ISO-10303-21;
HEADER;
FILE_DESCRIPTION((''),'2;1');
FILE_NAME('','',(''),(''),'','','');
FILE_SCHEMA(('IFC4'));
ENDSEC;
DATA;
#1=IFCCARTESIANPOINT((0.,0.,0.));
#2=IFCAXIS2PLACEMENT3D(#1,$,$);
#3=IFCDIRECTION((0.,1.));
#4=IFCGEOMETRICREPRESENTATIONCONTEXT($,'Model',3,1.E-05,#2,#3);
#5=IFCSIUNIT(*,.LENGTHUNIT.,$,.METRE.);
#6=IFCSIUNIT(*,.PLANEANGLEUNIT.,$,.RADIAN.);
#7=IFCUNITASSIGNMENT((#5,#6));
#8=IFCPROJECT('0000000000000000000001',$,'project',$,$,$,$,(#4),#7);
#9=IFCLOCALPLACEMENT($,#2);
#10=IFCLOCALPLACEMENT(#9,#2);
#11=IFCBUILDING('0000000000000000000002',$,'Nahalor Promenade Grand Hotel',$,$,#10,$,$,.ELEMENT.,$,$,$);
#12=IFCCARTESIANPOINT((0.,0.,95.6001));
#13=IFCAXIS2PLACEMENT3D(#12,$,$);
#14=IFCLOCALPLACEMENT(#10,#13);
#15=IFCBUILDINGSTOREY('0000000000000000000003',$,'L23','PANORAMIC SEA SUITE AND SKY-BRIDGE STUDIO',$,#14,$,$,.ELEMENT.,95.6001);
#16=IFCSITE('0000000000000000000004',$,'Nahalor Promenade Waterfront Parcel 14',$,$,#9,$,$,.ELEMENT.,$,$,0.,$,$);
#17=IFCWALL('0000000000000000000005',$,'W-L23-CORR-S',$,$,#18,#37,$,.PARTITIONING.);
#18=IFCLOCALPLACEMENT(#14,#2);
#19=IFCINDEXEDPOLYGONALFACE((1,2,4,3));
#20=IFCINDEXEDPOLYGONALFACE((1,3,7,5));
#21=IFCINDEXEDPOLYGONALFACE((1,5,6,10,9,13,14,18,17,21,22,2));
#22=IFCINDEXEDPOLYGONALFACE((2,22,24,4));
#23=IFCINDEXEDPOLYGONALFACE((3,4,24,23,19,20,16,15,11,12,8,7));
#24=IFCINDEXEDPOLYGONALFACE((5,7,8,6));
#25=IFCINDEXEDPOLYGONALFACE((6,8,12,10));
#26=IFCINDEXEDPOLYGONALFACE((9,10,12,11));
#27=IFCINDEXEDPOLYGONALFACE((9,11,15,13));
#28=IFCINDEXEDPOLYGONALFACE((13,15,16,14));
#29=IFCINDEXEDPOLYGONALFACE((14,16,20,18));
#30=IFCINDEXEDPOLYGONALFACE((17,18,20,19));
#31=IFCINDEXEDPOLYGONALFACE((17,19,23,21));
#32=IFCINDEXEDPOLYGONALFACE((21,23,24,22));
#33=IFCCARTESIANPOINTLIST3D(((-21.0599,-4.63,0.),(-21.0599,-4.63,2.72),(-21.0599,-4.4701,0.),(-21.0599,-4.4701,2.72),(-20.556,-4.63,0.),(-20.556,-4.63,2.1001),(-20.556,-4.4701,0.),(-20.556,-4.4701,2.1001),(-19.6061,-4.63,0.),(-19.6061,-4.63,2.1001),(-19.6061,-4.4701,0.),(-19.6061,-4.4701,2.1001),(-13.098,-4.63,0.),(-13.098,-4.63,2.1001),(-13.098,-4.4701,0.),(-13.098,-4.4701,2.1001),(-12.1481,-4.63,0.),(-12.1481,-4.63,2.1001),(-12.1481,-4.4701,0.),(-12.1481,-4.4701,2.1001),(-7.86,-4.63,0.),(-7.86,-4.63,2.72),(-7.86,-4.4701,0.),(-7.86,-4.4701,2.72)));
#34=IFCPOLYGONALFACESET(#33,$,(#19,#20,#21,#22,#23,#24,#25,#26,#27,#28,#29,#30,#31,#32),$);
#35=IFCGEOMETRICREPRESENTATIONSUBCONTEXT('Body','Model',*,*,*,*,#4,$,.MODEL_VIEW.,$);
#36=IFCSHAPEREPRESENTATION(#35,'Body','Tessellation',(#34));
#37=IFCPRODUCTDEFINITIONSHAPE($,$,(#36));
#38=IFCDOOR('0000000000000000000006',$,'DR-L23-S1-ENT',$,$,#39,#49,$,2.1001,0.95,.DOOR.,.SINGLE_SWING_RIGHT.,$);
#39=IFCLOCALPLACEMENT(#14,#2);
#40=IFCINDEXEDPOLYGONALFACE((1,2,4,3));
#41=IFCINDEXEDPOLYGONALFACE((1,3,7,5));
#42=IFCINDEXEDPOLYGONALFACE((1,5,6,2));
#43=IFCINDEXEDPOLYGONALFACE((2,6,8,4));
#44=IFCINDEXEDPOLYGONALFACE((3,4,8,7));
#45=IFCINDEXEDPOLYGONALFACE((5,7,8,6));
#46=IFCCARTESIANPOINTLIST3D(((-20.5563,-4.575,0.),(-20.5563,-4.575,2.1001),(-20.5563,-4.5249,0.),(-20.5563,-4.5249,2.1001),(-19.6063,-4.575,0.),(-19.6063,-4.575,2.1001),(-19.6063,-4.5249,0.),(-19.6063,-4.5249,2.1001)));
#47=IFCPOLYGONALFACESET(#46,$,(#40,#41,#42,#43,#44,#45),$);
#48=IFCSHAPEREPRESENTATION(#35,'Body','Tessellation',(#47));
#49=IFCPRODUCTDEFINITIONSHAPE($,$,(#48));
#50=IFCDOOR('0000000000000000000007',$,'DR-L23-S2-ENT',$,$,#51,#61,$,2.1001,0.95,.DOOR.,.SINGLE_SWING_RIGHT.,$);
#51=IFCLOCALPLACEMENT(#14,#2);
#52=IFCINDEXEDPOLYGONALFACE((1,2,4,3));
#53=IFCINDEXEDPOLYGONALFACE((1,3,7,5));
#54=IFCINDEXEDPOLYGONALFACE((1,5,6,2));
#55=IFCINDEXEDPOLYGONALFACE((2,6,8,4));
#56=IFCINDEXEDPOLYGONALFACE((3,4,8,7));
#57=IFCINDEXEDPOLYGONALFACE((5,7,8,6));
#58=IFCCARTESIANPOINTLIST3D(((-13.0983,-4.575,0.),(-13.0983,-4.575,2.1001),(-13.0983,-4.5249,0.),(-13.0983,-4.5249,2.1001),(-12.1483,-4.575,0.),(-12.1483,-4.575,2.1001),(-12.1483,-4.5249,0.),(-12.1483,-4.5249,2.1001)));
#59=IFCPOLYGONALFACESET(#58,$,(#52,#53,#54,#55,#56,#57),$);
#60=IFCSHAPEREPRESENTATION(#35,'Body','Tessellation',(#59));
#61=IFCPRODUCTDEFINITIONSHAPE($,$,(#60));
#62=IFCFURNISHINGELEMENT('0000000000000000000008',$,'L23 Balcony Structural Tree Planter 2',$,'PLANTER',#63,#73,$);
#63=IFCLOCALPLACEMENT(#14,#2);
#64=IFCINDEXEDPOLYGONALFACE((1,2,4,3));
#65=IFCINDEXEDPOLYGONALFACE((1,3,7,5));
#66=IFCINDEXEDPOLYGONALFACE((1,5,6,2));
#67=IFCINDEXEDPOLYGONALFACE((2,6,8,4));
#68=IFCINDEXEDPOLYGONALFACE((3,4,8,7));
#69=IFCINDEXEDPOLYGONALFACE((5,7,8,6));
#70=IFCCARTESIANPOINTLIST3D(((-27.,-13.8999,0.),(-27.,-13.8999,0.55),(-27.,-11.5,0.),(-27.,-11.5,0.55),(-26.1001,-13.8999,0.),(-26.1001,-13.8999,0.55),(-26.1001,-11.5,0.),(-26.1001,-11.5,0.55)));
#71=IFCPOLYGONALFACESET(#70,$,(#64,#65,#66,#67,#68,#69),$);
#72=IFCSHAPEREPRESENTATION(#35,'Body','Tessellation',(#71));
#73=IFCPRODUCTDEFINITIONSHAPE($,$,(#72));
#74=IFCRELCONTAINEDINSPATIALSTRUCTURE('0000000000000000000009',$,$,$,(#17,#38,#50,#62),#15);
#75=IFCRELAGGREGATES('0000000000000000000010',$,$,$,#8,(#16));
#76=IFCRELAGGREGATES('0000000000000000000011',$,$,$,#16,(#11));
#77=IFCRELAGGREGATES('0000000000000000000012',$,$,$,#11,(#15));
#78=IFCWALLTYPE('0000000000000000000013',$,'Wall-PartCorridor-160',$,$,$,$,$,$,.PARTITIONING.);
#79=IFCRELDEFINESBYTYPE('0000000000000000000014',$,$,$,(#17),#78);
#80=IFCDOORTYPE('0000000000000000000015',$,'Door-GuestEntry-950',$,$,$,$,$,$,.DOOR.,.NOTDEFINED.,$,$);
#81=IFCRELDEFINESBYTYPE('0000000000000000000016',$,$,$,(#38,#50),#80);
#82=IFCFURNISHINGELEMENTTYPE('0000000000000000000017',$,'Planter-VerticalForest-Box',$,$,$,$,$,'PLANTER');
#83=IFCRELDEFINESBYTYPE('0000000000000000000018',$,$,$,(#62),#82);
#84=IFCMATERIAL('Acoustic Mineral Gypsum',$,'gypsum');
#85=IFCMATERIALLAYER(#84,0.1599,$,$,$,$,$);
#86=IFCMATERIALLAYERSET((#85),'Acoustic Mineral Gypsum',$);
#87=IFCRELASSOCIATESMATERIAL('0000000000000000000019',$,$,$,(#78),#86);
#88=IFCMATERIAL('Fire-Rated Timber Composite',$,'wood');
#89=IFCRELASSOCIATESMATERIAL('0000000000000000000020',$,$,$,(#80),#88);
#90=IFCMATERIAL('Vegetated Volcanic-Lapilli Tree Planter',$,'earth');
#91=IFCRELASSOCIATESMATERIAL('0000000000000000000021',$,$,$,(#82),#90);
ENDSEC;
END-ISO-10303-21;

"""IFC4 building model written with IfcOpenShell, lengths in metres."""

from ifc_helpers import new_model, si_unit, direction, frame, frame_2d, origin, origin_2d, place, context, subcontext, project, spatial, rectangle, extrude, source, transform, mapped, material, layer, layer_set, type_object, element, fill, save


model = new_model("IFC4")

# Units and contexts
model_context = context("Model", 3, precision=1e-05, world=origin(), true_north=direction((0.0, 1.0)))
body_context = subcontext(model_context, "Body", "Model", "MODEL_VIEW")
ifc_project = project(units=[si_unit("LENGTHUNIT", "METRE"), si_unit("PLANEANGLEUNIT", "RADIAN")], contexts=[model_context])

# Site, building, storey
site_placement = place(None, origin())
site = spatial("IfcSite", under=ifc_project, at=site_placement, Name="Nahalor Promenade Waterfront Parcel 14", CompositionType="ELEMENT", RefElevation=0.0)
building_placement = place(site_placement, origin())
building = spatial("IfcBuilding", under=site, at=building_placement, Name="Nahalor Promenade Grand Hotel", CompositionType="ELEMENT")
storey_placement = place(building_placement, frame((0.0, 0.0, 95.6001)))
storey = spatial("IfcBuildingStorey", under=building, at=storey_placement, Name="L23", Description="PANORAMIC SEA SUITE AND SKY-BRIDGE STUDIO", CompositionType="ELEMENT", Elevation=95.6001)

# Wall, openings, doors
ifc_material_1 = material(Name="Acoustic Mineral Gypsum", Category="gypsum")
ifc_layer_1 = layer(ifc_material_1, 0.1599)
ifc_layer_set_1 = layer_set([ifc_layer_1], Name="Acoustic Mineral Gypsum")
wall_type_1 = type_object("IfcWallType", Name="Wall-PartCorridor-160", PredefinedType="PARTITIONING", material=ifc_layer_set_1)
shared_shape_1 = source(origin(), body_context, "Body", "SweptSolid", [
    extrude(rectangle(XDim=13.2, YDim=0.1599, at=frame_2d((6.6001, 0.0))), origin(), (0.0, 0.0, 1.0), 2.72),
])
wall_1_placement = place(storey_placement, frame((-21.0601, -4.55, 0.0), z_axis=(0.0, 0.0, 1.0), x_axis=(1.0, 0.0, 0.0)))
wall_1 = element("IfcWall", 1, at=wall_1_placement, inside=storey, type_object=wall_type_1, Name="W-L23-CORR-S", PredefinedType="PARTITIONING", context=body_context, shape_type="MappedRepresentation", body=[
    mapped(shared_shape_1, transform((0.0, 0.0, 0.0), scale=1.0)),
])
opening_1_placement = place(wall_1_placement, frame((0.5039, 0.0, 0.0)))
opening_1 = element("IfcOpeningElement", 2, at=opening_1_placement, cuts=wall_1, PredefinedType="OPENING", context=body_context, shape_type="SweptSolid", body=[
    extrude(rectangle(XDim=0.95, YDim=2.1001, at=frame_2d((0.4751, 1.05))), frame((0.0, 0.0898, 0.0), z_axis=(0.0, -1.0, 0.0), x_axis=(1.0, 0.0, 0.0)), (0.0, 0.0, 1.0), 0.1799),
])
opening_2_placement = place(wall_1_placement, frame((7.9619, 0.0, 0.0)))
opening_2 = element("IfcOpeningElement", 3, at=opening_2_placement, cuts=wall_1, PredefinedType="OPENING", context=body_context, shape_type="SweptSolid", body=[
    extrude(rectangle(XDim=0.95, YDim=2.1001, at=frame_2d((0.4751, 1.05))), frame((0.0, 0.0898, 0.0), z_axis=(0.0, -1.0, 0.0), x_axis=(1.0, 0.0, 0.0)), (0.0, 0.0, 1.0), 0.1799),
])
ifc_material_2 = material(Name="Fire-Rated Timber Composite", Category="wood")
door_type_1 = type_object("IfcDoorType", Name="Door-GuestEntry-950", OperationType="NOTDEFINED", PredefinedType="DOOR", material=ifc_material_2)
shared_shape_2 = source(origin(), body_context, "Body", "SweptSolid", [
    extrude(rectangle(XDim=0.95, YDim=2.1001, at=frame_2d((0.4751, 1.05))), frame((0.0, 0.0249, 0.0), z_axis=(0.0, -1.0, 0.0), x_axis=(1.0, 0.0, 0.0)), (0.0, 0.0, 1.0), 0.05),
])
door_1_placement = place(opening_1_placement, frame((0.95, 0.0, 0.0), z_axis=(0.0, 0.0, 1.0), x_axis=(-1.0, 0.0, 0.0)))
door_1 = element("IfcDoor", 4, at=door_1_placement, inside=storey, type_object=door_type_1, Name="DR-L23-S1-ENT", OperationType="SINGLE_SWING_RIGHT", OverallHeight=2.1001, OverallWidth=0.95, PredefinedType="DOOR", context=body_context, shape_type="MappedRepresentation", body=[
    mapped(shared_shape_2, transform((0.0, 0.0, 0.0), scale=1.0)),
])
fill(opening_1, door_1)
door_2_placement = place(opening_2_placement, frame((0.95, 0.0, 0.0), z_axis=(0.0, 0.0, 1.0), x_axis=(-1.0, 0.0, 0.0)))
door_2 = element("IfcDoor", 5, at=door_2_placement, inside=storey, type_object=door_type_1, Name="DR-L23-S2-ENT", OperationType="SINGLE_SWING_RIGHT", OverallHeight=2.1001, OverallWidth=0.95, PredefinedType="DOOR", context=body_context, shape_type="MappedRepresentation", body=[
    mapped(shared_shape_2, transform((0.0, 0.0, 0.0), scale=1.0)),
])
fill(opening_2, door_2)

# Furnishing element
ifc_material_3 = material(Name="Vegetated Volcanic-Lapilli Tree Planter", Category="earth")
furnishing_element_type = type_object("IfcFurnishingElementType", Name="Planter-VerticalForest-Box", ElementType="PLANTER", material=ifc_material_3)
shared_shape_3 = source(origin(), body_context, "Body", "SweptSolid", [
    extrude(rectangle(XDim=2.3999, YDim=0.8999, at=origin_2d()), origin(), (0.0, 0.0, 1.0), 0.55),
])
furnishing_placement = place(storey_placement, frame((-26.55, -12.7, 0.0), z_axis=(0.0, 0.0, 1.0), x_axis=(0.0, 1.0, 0.0)))
element("IfcFurnishingElement", 6, at=furnishing_placement, inside=storey, type_object=furnishing_element_type, Name="L23 Balcony Structural Tree Planter 2", ObjectType="PLANTER", context=body_context, shape_type="MappedRepresentation", body=[
    mapped(shared_shape_3, transform((0.0, 0.0, 0.0), scale=1.0)),
])

save(model, "model.ifc")
